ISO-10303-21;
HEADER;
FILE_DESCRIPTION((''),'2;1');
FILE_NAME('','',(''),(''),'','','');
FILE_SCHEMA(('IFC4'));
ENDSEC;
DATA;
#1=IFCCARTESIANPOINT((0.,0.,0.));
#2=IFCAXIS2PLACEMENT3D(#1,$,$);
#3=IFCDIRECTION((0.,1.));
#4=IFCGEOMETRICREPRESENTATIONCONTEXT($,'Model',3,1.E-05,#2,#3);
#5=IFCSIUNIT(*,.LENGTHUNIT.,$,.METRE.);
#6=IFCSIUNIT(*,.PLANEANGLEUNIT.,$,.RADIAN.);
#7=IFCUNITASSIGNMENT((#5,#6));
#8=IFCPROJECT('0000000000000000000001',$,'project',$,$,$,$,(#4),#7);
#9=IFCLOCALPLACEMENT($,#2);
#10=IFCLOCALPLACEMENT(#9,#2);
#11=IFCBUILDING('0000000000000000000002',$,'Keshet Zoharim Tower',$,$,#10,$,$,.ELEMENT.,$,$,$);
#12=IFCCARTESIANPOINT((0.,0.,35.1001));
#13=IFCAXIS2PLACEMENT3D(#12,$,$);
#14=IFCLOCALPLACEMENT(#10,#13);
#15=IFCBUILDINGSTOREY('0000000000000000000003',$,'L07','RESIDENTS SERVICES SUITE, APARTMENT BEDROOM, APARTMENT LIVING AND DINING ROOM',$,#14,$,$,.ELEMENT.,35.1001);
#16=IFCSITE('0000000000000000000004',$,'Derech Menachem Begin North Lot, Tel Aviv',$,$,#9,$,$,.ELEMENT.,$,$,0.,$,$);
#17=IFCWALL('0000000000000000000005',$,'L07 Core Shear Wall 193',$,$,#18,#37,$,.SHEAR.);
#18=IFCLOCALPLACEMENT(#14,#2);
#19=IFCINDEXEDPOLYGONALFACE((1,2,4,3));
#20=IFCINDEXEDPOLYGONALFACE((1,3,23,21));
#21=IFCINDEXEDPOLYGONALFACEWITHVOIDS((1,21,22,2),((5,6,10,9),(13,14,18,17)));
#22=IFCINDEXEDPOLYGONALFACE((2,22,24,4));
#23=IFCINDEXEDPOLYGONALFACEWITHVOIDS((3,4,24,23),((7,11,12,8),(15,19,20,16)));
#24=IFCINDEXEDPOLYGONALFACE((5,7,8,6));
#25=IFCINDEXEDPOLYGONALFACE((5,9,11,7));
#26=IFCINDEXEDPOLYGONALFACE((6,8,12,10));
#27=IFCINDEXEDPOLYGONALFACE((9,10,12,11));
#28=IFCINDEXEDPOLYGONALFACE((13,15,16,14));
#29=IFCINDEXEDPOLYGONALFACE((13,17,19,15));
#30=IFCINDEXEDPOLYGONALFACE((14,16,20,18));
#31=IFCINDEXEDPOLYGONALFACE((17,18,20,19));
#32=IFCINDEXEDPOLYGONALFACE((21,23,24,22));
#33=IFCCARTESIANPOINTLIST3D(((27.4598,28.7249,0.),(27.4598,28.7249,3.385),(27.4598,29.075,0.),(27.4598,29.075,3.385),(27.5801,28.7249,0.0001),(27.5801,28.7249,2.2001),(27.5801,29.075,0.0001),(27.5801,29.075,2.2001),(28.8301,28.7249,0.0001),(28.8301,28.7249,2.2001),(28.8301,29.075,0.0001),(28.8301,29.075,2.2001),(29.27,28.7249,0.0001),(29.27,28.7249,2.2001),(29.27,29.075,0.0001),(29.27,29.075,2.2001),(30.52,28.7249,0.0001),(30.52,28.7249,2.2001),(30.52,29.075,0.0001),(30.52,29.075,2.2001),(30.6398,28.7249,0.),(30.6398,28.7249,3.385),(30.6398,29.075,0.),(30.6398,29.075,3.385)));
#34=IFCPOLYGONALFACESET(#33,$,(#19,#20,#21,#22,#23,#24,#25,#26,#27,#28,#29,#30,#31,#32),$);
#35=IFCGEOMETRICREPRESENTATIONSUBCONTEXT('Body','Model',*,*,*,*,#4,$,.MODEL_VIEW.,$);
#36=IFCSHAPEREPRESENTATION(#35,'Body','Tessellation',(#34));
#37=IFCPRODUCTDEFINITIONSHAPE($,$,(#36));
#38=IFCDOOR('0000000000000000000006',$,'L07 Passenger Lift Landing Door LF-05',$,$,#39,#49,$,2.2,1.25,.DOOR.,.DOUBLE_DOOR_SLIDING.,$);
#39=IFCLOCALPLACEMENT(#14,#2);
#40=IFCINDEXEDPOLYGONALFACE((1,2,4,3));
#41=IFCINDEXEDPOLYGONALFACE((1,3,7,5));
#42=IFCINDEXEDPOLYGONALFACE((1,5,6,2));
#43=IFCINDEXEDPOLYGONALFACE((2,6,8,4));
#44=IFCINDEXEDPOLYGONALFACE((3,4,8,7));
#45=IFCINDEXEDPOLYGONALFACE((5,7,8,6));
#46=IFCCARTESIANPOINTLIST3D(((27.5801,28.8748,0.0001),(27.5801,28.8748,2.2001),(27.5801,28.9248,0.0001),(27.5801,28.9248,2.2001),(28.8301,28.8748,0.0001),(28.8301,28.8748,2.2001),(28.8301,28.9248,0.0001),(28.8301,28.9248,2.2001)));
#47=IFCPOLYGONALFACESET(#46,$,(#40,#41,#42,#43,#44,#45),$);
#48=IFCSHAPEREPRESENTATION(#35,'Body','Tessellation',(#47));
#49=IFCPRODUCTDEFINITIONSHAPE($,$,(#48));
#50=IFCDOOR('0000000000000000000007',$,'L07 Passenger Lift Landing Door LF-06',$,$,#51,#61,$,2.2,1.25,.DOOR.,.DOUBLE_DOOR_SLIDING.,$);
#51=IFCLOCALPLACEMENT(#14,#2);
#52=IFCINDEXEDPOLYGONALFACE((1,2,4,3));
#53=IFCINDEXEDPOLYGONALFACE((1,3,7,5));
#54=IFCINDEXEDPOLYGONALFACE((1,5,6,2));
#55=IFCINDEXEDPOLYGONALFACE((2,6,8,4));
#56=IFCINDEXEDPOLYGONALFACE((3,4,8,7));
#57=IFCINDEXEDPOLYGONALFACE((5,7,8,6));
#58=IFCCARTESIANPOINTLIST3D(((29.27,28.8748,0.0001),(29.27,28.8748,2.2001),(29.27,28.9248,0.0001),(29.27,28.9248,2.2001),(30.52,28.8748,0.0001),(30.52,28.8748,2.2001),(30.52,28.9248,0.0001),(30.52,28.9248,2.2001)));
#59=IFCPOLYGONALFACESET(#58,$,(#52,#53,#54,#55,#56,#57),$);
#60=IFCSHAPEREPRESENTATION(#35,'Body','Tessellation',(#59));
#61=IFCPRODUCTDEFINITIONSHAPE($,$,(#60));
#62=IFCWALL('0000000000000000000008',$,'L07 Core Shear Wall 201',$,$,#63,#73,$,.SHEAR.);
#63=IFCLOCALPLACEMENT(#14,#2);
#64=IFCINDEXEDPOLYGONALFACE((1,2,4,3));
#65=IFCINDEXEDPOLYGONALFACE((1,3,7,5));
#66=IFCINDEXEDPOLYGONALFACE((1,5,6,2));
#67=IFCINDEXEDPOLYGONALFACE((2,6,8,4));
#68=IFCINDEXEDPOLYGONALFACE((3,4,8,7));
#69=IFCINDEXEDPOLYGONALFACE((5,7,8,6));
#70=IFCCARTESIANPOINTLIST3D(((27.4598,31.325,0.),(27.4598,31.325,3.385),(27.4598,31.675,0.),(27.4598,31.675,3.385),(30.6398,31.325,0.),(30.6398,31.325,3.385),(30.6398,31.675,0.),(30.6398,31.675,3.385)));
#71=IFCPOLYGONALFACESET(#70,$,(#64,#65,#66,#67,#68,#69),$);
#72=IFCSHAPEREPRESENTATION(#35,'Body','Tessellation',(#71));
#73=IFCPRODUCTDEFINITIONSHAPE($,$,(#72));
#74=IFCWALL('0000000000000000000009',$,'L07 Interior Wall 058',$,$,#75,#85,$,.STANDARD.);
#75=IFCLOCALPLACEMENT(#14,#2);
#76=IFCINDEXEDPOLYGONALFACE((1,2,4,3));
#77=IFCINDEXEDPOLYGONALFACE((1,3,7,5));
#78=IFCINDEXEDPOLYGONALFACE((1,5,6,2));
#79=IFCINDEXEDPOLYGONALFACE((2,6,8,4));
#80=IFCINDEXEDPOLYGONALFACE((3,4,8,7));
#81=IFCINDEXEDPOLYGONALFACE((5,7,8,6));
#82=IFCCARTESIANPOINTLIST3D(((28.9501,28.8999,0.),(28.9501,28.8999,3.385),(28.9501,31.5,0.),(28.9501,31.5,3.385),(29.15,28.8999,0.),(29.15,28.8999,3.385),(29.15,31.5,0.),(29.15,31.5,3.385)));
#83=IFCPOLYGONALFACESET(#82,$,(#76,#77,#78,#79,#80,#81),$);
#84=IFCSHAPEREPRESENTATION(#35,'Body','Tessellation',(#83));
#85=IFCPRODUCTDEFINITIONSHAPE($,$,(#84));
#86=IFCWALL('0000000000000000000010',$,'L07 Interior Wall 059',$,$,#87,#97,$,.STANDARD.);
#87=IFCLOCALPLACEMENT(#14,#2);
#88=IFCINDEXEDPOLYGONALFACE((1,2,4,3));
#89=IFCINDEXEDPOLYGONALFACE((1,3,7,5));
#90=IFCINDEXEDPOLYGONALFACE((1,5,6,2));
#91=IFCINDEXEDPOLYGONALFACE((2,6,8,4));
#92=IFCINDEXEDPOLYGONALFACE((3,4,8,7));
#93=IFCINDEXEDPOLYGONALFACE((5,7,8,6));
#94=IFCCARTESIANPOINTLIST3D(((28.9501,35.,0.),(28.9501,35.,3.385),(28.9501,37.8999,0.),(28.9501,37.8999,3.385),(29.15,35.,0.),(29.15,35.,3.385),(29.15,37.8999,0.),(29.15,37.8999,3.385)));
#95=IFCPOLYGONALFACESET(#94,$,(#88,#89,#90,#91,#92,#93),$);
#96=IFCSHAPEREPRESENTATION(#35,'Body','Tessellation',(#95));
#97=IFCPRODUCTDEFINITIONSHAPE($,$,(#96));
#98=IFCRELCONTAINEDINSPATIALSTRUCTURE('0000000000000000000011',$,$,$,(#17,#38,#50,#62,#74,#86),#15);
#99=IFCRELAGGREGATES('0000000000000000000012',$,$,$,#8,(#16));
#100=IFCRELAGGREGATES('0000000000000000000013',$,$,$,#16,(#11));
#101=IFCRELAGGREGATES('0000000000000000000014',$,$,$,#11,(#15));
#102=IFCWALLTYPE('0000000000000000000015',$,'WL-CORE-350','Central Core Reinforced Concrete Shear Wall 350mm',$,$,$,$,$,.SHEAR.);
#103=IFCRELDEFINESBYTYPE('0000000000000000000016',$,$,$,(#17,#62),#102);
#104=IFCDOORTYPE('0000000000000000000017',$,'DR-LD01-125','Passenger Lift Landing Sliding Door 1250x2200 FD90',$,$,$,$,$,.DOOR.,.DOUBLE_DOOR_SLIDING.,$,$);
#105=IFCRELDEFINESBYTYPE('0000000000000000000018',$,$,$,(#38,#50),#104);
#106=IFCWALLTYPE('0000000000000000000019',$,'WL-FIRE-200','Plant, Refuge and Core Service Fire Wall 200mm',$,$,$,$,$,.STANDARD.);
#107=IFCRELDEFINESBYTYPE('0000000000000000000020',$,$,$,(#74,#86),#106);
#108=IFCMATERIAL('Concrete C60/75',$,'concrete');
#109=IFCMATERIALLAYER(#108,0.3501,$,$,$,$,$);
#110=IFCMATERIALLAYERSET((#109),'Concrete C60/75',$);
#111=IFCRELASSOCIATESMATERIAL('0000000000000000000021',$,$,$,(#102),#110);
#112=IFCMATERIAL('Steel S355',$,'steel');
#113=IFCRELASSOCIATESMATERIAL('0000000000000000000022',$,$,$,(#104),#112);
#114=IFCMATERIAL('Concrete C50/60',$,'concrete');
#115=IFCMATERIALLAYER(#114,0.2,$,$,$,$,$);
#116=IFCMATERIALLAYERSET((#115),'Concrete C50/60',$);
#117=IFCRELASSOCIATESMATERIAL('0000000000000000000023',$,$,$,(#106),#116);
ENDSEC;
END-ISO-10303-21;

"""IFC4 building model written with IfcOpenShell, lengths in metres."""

from ifc_helpers import new_model, si_unit, direction, frame, frame_2d, origin, place, context, subcontext, project, spatial, rectangle, extrude, material, layer, layer_set, type_object, element, fill, save


model = new_model("IFC4")

# Units and contexts
model_context = context("Model", 3, precision=1e-05, world=origin(), true_north=direction((0.0, 1.0)))
body_context = subcontext(model_context, "Body", "Model", "MODEL_VIEW")
ifc_project = project(units=[si_unit("LENGTHUNIT", "METRE"), si_unit("PLANEANGLEUNIT", "RADIAN")], contexts=[model_context])

# Site, building, storey
site_placement = place(None, origin())
site = spatial("IfcSite", under=ifc_project, at=site_placement, Name="Derech Menachem Begin North Lot, Tel Aviv", CompositionType="ELEMENT", RefElevation=0.0)
building_placement = place(site_placement, origin())
building = spatial("IfcBuilding", under=site, at=building_placement, Name="Keshet Zoharim Tower", CompositionType="ELEMENT")
storey_placement = place(building_placement, frame((0.0, 0.0, 35.1001)))
storey = spatial("IfcBuildingStorey", under=building, at=storey_placement, Name="L07", Description="RESIDENTS SERVICES SUITE, APARTMENT BEDROOM, APARTMENT LIVING AND DINING ROOM", CompositionType="ELEMENT", Elevation=35.1001)

# Shared definitions
ifc_material_1 = material(Name="Concrete C60/75", Category="concrete")

# Shared definitions
ifc_material_2 = material(Name="Steel S355", Category="steel")

# Shared definitions
ifc_layer_1 = layer(ifc_material_1, 0.3501)
ifc_layer_set_1 = layer_set([ifc_layer_1], Name="Concrete C60/75")
wall_type_1 = type_object("IfcWallType", Name="WL-CORE-350", Description="Central Core Reinforced Concrete Shear Wall 350mm", PredefinedType="SHEAR", material=ifc_layer_set_1)

# Wall, openings, doors
door_type_1 = type_object("IfcDoorType", Name="DR-LD01-125", Description="Passenger Lift Landing Sliding Door 1250x2200 FD90", OperationType="DOUBLE_DOOR_SLIDING", PredefinedType="DOOR", material=ifc_material_2)
wall_1_placement = place(storey_placement, frame((27.46, 28.8999, 0.0), z_axis=(0.0, 0.0, 1.0), x_axis=(1.0, 0.0, 0.0)))
wall_1 = element("IfcWall", 1, at=wall_1_placement, inside=storey, type_object=wall_type_1, Name="L07 Core Shear Wall 193", PredefinedType="SHEAR", context=body_context, shape_type="SweptSolid", body=[
    extrude(rectangle(XDim=3.1799, YDim=0.3501, at=frame_2d((1.5898, 0.0))), origin(), (0.0, 0.0, 1.0), 3.385),
])
opening_1_placement = place(wall_1_placement, frame((0.1201, 0.0, 0.0)))
opening_1 = element("IfcOpeningElement", 2, at=opening_1_placement, cuts=wall_1, PredefinedType="OPENING", context=body_context, shape_type="SweptSolid", body=[
    extrude(rectangle(XDim=1.25, YDim=2.2, at=frame_2d((0.625, 1.1001))), frame((0.0, 0.1851, 0.0), z_axis=(0.0, -1.0, 0.0), x_axis=(1.0, 0.0, 0.0)), (0.0, 0.0, 1.0), 0.3701),
])
opening_2_placement = place(wall_1_placement, frame((1.8101, 0.0, 0.0)))
opening_2 = element("IfcOpeningElement", 3, at=opening_2_placement, cuts=wall_1, PredefinedType="OPENING", context=body_context, shape_type="SweptSolid", body=[
    extrude(rectangle(XDim=1.25, YDim=2.2, at=frame_2d((0.625, 1.1001))), frame((0.0, 0.1851, 0.0), z_axis=(0.0, -1.0, 0.0), x_axis=(1.0, 0.0, 0.0)), (0.0, 0.0, 1.0), 0.3701),
])
door_1_placement = place(opening_1_placement, origin())
door_1 = element("IfcDoor", 4, at=door_1_placement, inside=storey, type_object=door_type_1, Name="L07 Passenger Lift Landing Door LF-05", OperationType="DOUBLE_DOOR_SLIDING", OverallHeight=2.2, OverallWidth=1.25, PredefinedType="DOOR", context=body_context, shape_type="SweptSolid", body=[
    extrude(rectangle(XDim=1.25, YDim=2.2, at=frame_2d((0.625, 1.1001))), frame((0.0, 0.0249, 0.0), z_axis=(0.0, -1.0, 0.0), x_axis=(1.0, 0.0, 0.0)), (0.0, 0.0, 1.0), 0.05),
])
fill(opening_1, door_1)
door_2_placement = place(opening_2_placement, origin())
door_2 = element("IfcDoor", 5, at=door_2_placement, inside=storey, type_object=door_type_1, Name="L07 Passenger Lift Landing Door LF-06", OperationType="DOUBLE_DOOR_SLIDING", OverallHeight=2.2, OverallWidth=1.25, PredefinedType="DOOR", context=body_context, shape_type="SweptSolid", body=[
    extrude(rectangle(XDim=1.25, YDim=2.2, at=frame_2d((0.625, 1.1001))), frame((0.0, 0.0249, 0.0), z_axis=(0.0, -1.0, 0.0), x_axis=(1.0, 0.0, 0.0)), (0.0, 0.0, 1.0), 0.05),
])
fill(opening_2, door_2)

# Walls
wall_2_placement = place(storey_placement, frame((27.46, 31.5, 0.0), z_axis=(0.0, 0.0, 1.0), x_axis=(1.0, 0.0, 0.0)))
element("IfcWall", 6, at=wall_2_placement, inside=storey, type_object=wall_type_1, Name="L07 Core Shear Wall 201", PredefinedType="SHEAR", context=body_context, shape_type="SweptSolid", body=[
    extrude(rectangle(XDim=3.1799, YDim=0.3501, at=frame_2d((1.5898, 0.0))), origin(), (0.0, 0.0, 1.0), 3.385),
])
ifc_material_3 = material(Name="Concrete C50/60", Category="concrete")
ifc_layer_2 = layer(ifc_material_3, 0.2)
ifc_layer_set_2 = layer_set([ifc_layer_2], Name="Concrete C50/60")
wall_type_2 = type_object("IfcWallType", Name="WL-FIRE-200", Description="Plant, Refuge and Core Service Fire Wall 200mm", PredefinedType="STANDARD", material=ifc_layer_set_2)
wall_3_placement = place(storey_placement, frame((29.05, 28.8999, 0.0), z_axis=(0.0, 0.0, 1.0), x_axis=(0.0, 1.0, 0.0)))
element("IfcWall", 7, at=wall_3_placement, inside=storey, type_object=wall_type_2, Name="L07 Interior Wall 058", PredefinedType="STANDARD", context=body_context, shape_type="SweptSolid", body=[
    extrude(rectangle(XDim=2.6001, YDim=0.2, at=frame_2d((1.3, 0.0))), origin(), (0.0, 0.0, 1.0), 3.385),
])
wall_4_placement = place(storey_placement, frame((29.05, 35.0, 0.0), z_axis=(0.0, 0.0, 1.0), x_axis=(0.0, 1.0, 0.0)))
element("IfcWall", 8, at=wall_4_placement, inside=storey, type_object=wall_type_2, Name="L07 Interior Wall 059", PredefinedType="STANDARD", context=body_context, shape_type="SweptSolid", body=[
    extrude(rectangle(XDim=2.8999, YDim=0.2, at=frame_2d((1.45, 0.0))), origin(), (0.0, 0.0, 1.0), 3.385),
])

save(model, "model.ifc")
